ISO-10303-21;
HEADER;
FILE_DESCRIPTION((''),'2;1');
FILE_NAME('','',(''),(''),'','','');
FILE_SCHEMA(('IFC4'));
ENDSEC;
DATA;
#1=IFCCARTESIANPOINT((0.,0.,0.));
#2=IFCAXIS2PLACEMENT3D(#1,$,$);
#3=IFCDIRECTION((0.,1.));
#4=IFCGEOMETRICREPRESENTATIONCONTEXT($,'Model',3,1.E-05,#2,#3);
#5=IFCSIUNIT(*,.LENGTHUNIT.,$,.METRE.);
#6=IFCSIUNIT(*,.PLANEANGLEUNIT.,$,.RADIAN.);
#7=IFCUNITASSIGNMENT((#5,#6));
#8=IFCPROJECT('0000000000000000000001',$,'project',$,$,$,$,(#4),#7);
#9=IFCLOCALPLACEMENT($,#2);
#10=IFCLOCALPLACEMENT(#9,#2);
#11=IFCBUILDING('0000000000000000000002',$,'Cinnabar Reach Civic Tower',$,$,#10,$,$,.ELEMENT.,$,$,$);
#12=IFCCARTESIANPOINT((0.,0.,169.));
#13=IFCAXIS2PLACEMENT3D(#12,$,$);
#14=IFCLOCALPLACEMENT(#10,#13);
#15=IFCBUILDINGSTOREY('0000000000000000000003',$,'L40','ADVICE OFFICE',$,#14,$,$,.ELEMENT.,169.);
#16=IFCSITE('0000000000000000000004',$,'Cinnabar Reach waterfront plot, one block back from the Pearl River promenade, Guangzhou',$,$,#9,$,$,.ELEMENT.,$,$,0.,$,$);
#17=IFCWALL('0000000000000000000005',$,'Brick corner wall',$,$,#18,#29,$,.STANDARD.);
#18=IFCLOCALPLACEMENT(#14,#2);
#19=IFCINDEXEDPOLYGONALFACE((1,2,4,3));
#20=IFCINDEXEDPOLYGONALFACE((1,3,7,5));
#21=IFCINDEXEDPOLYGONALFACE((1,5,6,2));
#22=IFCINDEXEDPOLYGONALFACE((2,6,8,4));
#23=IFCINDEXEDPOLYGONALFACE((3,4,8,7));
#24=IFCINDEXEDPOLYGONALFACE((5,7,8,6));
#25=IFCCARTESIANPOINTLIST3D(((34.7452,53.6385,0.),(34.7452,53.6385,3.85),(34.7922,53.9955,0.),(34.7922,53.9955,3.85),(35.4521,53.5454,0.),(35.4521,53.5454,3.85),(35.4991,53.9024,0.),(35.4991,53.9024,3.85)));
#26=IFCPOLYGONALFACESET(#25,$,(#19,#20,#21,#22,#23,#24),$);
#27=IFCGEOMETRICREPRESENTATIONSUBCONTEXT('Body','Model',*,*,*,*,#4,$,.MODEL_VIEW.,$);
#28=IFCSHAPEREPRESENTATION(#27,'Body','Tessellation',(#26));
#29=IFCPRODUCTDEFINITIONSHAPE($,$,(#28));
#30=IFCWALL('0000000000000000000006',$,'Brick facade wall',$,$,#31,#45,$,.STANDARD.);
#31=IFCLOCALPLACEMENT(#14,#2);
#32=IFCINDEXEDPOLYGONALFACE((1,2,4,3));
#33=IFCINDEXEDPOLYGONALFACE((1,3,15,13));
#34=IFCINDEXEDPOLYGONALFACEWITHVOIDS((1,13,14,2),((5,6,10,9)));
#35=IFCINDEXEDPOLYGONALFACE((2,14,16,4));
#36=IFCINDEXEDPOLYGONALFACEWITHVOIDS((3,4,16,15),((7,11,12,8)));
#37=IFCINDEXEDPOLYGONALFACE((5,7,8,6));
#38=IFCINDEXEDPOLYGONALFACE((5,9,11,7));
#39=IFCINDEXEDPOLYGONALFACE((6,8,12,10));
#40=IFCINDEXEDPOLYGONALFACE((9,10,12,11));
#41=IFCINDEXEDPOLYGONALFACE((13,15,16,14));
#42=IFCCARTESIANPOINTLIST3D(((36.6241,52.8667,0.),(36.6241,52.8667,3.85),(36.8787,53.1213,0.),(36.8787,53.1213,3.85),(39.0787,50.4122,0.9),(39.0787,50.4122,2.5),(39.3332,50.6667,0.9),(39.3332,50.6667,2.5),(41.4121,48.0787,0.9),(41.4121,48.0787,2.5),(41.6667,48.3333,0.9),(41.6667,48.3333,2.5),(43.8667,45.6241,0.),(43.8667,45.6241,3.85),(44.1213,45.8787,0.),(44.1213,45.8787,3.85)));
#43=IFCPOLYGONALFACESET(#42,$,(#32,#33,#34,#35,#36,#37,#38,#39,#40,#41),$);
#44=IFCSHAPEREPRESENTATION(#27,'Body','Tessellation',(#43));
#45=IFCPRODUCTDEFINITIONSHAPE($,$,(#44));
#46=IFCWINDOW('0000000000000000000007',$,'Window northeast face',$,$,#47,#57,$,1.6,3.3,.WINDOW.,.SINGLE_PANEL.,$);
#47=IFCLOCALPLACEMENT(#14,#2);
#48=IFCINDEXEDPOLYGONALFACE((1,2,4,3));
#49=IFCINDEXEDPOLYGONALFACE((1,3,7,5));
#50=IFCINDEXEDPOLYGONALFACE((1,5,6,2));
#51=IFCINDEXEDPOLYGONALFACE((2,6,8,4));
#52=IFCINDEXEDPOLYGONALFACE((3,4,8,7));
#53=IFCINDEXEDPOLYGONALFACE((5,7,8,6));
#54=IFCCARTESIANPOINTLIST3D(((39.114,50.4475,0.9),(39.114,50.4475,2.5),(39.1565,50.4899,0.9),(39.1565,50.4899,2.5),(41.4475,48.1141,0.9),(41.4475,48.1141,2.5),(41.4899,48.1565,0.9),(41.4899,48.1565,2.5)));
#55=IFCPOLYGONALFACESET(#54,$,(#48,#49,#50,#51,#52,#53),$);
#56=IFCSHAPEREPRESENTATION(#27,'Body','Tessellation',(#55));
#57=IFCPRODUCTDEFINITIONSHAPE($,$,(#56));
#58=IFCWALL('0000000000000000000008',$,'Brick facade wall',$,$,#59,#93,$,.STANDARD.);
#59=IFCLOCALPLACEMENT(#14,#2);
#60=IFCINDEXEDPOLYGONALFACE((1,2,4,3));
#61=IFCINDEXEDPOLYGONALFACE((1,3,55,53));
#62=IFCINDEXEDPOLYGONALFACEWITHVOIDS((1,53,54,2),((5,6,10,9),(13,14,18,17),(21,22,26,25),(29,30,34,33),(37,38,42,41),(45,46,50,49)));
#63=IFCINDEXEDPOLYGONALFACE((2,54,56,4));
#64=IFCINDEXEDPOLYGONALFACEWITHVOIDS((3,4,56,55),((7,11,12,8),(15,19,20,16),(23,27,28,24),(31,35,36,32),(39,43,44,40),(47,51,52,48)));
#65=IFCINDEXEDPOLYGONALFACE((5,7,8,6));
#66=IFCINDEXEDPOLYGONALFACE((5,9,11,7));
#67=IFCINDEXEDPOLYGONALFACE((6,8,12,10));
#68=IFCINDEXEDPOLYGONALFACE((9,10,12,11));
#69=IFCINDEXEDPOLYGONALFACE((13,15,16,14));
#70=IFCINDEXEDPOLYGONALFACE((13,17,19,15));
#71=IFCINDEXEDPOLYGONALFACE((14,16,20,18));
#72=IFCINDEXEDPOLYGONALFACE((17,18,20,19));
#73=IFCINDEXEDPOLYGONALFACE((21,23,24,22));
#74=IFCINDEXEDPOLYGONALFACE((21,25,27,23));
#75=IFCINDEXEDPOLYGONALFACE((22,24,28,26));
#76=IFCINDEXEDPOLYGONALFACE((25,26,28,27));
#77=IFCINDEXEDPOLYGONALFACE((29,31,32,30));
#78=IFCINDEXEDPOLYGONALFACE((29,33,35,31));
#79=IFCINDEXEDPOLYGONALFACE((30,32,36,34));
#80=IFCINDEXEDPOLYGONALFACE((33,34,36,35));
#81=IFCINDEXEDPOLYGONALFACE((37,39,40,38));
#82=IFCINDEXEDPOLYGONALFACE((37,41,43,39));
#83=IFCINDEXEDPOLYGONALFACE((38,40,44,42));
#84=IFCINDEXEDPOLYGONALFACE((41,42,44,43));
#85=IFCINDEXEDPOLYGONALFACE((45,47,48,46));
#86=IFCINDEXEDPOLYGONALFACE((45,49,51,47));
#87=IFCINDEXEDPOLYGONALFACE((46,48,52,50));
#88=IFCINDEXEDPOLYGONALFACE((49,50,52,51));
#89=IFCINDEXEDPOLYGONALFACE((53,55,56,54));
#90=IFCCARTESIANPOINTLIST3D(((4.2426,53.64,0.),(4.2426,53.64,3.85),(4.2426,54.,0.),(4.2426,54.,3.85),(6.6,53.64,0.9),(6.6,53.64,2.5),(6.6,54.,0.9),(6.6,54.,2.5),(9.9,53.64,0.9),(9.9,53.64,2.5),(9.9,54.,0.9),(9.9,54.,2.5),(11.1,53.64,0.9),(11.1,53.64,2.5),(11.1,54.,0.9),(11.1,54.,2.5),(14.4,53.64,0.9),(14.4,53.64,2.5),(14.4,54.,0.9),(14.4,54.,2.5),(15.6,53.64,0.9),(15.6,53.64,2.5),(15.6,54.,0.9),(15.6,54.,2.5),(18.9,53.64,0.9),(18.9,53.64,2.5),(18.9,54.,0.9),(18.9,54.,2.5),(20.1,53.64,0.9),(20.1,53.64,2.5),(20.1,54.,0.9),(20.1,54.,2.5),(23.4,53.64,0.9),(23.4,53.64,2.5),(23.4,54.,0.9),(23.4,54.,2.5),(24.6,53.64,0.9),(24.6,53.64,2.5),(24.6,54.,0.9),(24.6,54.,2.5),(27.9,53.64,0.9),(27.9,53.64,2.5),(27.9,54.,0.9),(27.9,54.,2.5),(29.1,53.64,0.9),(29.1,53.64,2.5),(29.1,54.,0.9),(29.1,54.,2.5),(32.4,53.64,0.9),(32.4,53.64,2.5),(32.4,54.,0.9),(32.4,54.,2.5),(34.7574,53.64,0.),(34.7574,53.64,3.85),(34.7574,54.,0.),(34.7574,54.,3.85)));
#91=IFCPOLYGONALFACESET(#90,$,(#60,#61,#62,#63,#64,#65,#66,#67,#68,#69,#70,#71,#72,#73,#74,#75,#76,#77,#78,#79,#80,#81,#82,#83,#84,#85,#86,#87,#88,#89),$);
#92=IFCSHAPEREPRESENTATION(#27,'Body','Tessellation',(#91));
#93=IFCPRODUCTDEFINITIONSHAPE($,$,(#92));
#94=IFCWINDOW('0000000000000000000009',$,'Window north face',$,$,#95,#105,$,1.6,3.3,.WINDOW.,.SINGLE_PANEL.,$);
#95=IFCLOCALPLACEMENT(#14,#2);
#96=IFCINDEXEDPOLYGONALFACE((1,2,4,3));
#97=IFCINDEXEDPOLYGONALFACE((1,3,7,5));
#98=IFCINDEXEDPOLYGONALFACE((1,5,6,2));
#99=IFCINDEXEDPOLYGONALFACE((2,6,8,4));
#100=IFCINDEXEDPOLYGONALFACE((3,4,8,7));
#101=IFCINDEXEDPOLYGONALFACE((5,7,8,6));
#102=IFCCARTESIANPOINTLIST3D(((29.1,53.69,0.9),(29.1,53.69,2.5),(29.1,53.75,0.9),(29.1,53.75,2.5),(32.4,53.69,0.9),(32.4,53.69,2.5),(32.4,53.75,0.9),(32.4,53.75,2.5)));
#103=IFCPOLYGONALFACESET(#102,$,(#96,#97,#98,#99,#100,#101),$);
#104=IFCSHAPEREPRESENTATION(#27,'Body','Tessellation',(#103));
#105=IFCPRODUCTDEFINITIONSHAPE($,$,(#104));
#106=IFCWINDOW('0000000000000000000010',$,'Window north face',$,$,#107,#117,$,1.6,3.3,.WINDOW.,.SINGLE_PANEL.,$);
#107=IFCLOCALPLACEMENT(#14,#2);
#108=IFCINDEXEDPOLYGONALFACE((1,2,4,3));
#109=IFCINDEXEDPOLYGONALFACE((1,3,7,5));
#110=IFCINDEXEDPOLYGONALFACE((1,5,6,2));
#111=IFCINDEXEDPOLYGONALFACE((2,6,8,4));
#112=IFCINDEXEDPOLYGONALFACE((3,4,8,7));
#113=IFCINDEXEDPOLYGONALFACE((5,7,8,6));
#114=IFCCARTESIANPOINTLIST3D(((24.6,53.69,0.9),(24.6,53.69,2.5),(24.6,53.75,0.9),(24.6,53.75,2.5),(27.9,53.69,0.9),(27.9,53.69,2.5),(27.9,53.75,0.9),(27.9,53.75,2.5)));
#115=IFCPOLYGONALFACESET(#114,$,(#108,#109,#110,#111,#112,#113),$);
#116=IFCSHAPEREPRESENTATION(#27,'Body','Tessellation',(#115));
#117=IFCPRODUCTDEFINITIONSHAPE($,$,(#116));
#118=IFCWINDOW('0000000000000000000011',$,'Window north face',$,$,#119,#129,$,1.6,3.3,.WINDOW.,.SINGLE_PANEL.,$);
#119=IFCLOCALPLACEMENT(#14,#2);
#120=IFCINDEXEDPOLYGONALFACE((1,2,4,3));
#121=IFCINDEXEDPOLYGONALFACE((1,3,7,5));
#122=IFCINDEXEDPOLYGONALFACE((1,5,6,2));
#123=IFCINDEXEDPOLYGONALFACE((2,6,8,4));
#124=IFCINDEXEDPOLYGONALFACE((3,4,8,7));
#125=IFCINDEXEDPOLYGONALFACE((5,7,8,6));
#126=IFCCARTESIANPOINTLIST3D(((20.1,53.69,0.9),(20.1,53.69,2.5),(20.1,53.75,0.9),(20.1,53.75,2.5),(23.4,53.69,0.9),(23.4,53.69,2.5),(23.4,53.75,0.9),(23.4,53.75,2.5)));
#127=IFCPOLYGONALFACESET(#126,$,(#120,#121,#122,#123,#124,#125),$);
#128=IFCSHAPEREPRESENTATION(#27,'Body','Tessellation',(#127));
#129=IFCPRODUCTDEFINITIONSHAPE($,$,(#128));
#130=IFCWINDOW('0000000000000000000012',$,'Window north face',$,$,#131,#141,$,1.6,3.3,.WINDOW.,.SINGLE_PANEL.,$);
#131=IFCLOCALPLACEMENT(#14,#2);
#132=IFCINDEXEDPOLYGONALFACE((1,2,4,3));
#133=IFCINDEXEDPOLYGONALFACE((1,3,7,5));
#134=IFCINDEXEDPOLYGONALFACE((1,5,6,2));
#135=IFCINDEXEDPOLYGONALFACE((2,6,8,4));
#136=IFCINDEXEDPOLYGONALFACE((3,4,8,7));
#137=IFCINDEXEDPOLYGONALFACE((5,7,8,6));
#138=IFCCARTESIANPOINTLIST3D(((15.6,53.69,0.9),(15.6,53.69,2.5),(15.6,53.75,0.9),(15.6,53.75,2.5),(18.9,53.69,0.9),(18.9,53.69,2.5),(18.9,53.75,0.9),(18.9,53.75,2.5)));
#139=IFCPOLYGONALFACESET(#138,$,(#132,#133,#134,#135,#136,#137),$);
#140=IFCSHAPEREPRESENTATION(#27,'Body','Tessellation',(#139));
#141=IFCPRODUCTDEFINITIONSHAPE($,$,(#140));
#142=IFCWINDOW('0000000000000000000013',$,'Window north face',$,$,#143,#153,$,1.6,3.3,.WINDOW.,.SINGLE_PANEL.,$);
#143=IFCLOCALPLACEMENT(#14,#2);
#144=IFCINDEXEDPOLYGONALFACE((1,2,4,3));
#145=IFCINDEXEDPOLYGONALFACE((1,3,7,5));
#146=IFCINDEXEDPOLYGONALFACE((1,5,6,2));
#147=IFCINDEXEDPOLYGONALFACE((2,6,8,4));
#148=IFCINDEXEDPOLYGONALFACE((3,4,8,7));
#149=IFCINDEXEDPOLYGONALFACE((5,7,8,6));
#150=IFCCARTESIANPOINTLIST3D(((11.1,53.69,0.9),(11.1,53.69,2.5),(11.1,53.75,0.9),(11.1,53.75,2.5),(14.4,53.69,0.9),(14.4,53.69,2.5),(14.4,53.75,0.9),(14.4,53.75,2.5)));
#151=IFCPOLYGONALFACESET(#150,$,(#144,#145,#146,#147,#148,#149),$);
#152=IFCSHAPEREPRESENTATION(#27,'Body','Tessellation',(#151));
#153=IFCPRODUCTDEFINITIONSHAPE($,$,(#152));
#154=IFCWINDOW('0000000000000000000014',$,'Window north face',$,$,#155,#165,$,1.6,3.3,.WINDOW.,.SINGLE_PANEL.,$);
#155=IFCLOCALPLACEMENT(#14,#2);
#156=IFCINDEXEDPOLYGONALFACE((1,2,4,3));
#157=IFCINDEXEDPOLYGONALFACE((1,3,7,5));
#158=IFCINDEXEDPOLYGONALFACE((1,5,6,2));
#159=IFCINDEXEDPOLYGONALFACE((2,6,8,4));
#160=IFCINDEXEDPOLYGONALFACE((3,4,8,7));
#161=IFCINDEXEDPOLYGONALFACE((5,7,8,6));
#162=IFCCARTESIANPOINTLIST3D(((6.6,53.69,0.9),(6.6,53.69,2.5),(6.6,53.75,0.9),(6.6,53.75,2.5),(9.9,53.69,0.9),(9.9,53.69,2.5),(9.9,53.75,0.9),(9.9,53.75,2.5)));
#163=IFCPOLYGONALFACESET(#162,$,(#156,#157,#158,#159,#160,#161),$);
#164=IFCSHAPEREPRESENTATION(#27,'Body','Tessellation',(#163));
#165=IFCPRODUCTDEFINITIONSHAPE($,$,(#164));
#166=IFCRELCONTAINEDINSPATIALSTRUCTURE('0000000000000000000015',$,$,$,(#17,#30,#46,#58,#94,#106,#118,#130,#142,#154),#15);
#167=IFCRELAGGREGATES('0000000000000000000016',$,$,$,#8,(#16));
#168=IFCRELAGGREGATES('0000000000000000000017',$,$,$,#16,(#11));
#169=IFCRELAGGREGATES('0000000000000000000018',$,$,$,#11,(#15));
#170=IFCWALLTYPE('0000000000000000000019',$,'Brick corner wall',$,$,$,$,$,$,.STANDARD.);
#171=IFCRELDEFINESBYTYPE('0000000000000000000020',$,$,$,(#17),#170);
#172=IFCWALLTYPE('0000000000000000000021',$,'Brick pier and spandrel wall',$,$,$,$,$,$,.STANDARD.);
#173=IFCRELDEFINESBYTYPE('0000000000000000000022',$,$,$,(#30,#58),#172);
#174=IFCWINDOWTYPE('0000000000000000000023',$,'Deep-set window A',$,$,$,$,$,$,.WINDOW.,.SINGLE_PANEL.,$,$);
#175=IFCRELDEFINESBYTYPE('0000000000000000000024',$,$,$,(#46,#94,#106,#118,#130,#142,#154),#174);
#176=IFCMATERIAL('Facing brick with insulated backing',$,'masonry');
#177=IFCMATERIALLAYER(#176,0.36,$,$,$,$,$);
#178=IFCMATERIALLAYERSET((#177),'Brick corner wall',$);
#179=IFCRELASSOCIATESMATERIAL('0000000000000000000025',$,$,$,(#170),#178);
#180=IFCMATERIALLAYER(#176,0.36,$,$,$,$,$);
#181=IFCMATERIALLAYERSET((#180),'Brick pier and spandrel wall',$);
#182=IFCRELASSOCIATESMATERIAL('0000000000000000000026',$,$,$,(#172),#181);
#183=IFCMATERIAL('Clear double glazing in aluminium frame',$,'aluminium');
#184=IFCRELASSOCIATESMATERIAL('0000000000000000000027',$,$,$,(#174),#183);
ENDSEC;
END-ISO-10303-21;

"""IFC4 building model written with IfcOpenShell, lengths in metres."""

from ifc_helpers import new_model, si_unit, direction, frame, frame_2d, origin, place, context, subcontext, project, spatial, rectangle, extrude, material, layer, layer_set, type_object, element, fill, save


model = new_model("IFC4")

# Units and contexts
model_context = context("Model", 3, precision=1e-05, world=origin(), true_north=direction((0.0, 1.0)))
body_context = subcontext(model_context, "Body", "Model", "MODEL_VIEW")
ifc_project = project(units=[si_unit("LENGTHUNIT", "METRE"), si_unit("PLANEANGLEUNIT", "RADIAN")], contexts=[model_context])

# Site, building, storey
site_placement = place(None, origin())
site = spatial("IfcSite", under=ifc_project, at=site_placement, Name="Cinnabar Reach waterfront plot, one block back from the Pearl River promenade, Guangzhou", CompositionType="ELEMENT", RefElevation=0.0)
building_placement = place(site_placement, origin())
building = spatial("IfcBuilding", under=site, at=building_placement, Name="Cinnabar Reach Civic Tower", CompositionType="ELEMENT")
storey_placement = place(building_placement, frame((0.0, 0.0, 169.0)))
storey = spatial("IfcBuildingStorey", under=building, at=storey_placement, Name="L40", Description="ADVICE OFFICE", CompositionType="ELEMENT", Elevation=169.0)

# Wall
ifc_material_1 = material(Name="Facing brick with insulated backing", Category="masonry")
ifc_layer_1 = layer(ifc_material_1, 0.36)
ifc_layer_set_1 = layer_set([ifc_layer_1], Name="Brick corner wall")
wall_type_1 = type_object("IfcWallType", Name="Brick corner wall", PredefinedType="STANDARD", material=ifc_layer_set_1)
for number, where, z_axis, x_axis, name in (
    (1, (35.4756, 53.7239, 0.0), (0.0, 0.0, 1.0), (-0.991441, 0.130556, 0.0), "Brick corner wall"),
):
    element("IfcWall", number, at=place(storey_placement, frame(where, z_axis=z_axis, x_axis=x_axis)), inside=storey, type_object=wall_type_1, Name=name, PredefinedType="STANDARD", context=body_context, shape_type="SweptSolid", body=[
        extrude(rectangle(XDim=0.7131, YDim=0.36, at=frame_2d((0.3565, 0.0))), origin(), (0.0, 0.0, 1.0), 3.85),
    ])

# Wall, opening, window
ifc_layer_2 = layer(ifc_material_1, 0.36)
ifc_layer_set_2 = layer_set([ifc_layer_2], Name="Brick pier and spandrel wall")
wall_type_2 = type_object("IfcWallType", Name="Brick pier and spandrel wall", PredefinedType="STANDARD", material=ifc_layer_set_2)
wall_1_placement = place(storey_placement, frame((43.994, 45.7514, 0.0), z_axis=(0.0, 0.0, 1.0), x_axis=(-0.707107, 0.707107, 0.0)))
wall_1 = element("IfcWall", 2, at=wall_1_placement, inside=storey, type_object=wall_type_2, Name="Brick facade wall", PredefinedType="STANDARD", context=body_context, shape_type="SweptSolid", body=[
    extrude(rectangle(XDim=10.2426, YDim=0.36, at=frame_2d((5.1213, 0.0))), origin(), (0.0, 0.0, 1.0), 3.85),
])
opening_1_placement = place(wall_1_placement, frame((3.4713, 0.0, 0.9)))
opening_1 = element("IfcOpeningElement", 3, at=opening_1_placement, cuts=wall_1, PredefinedType="OPENING", context=body_context, shape_type="SweptSolid", body=[
    extrude(rectangle(XDim=3.3, YDim=1.6, at=frame_2d((1.65, 0.8))), frame((0.0, 0.19, 0.0), z_axis=(0.0, -1.0, 0.0), x_axis=(1.0, 0.0, 0.0)), (0.0, 0.0, 1.0), 0.38),
])
ifc_material_2 = material(Name="Clear double glazing in aluminium frame", Category="aluminium")
window_type = type_object("IfcWindowType", Name="Deep-set window A", PartitioningType="SINGLE_PANEL", PredefinedType="WINDOW", material=ifc_material_2)
window_1_placement = place(opening_1_placement, origin())
window_1 = element("IfcWindow", 4, at=window_1_placement, inside=storey, type_object=window_type, Name="Window northeast face", OverallHeight=1.6, OverallWidth=3.3, PartitioningType="SINGLE_PANEL", PredefinedType="WINDOW", context=body_context, shape_type="SweptSolid", body=[
    extrude(rectangle(XDim=3.3, YDim=1.6, at=frame_2d((1.65, 0.8))), frame((0.0, 0.13, 0.0), z_axis=(0.0, -1.0, 0.0), x_axis=(1.0, 0.0, 0.0)), (0.0, 0.0, 1.0), 0.06),
])
fill(opening_1, window_1)

# Wall, openings, windows
wall_2_placement = place(storey_placement, frame((34.7574, 53.82, 0.0), z_axis=(0.0, 0.0, 1.0), x_axis=(-1.0, 0.0, 0.0)))
wall_2 = element("IfcWall", 5, at=wall_2_placement, inside=storey, type_object=wall_type_2, Name="Brick facade wall", PredefinedType="STANDARD", context=body_context, shape_type="SweptSolid", body=[
    extrude(rectangle(XDim=30.5148, YDim=0.36, at=frame_2d((15.2574, 0.0))), origin(), (0.0, 0.0, 1.0), 3.85),
])
opening_2_placement = place(wall_2_placement, frame((2.3574, 0.0, 0.9)))
opening_2 = element("IfcOpeningElement", 6, at=opening_2_placement, cuts=wall_2, PredefinedType="OPENING", context=body_context, shape_type="SweptSolid", body=[
    extrude(rectangle(XDim=3.3, YDim=1.6, at=frame_2d((1.65, 0.8))), frame((0.0, 0.19, 0.0), z_axis=(0.0, -1.0, 0.0), x_axis=(1.0, 0.0, 0.0)), (0.0, 0.0, 1.0), 0.38),
])
opening_3_placement = place(wall_2_placement, frame((6.8574, 0.0, 0.9)))
opening_3 = element("IfcOpeningElement", 7, at=opening_3_placement, cuts=wall_2, PredefinedType="OPENING", context=body_context, shape_type="SweptSolid", body=[
    extrude(rectangle(XDim=3.3, YDim=1.6, at=frame_2d((1.65, 0.8))), frame((0.0, 0.19, 0.0), z_axis=(0.0, -1.0, 0.0), x_axis=(1.0, 0.0, 0.0)), (0.0, 0.0, 1.0), 0.38),
])
opening_4_placement = place(wall_2_placement, frame((11.3574, 0.0, 0.9)))
opening_4 = element("IfcOpeningElement", 8, at=opening_4_placement, cuts=wall_2, PredefinedType="OPENING", context=body_context, shape_type="SweptSolid", body=[
    extrude(rectangle(XDim=3.3, YDim=1.6, at=frame_2d((1.65, 0.8))), frame((0.0, 0.19, 0.0), z_axis=(0.0, -1.0, 0.0), x_axis=(1.0, 0.0, 0.0)), (0.0, 0.0, 1.0), 0.38),
])
opening_5_placement = place(wall_2_placement, frame((15.8574, 0.0, 0.9)))
opening_5 = element("IfcOpeningElement", 9, at=opening_5_placement, cuts=wall_2, PredefinedType="OPENING", context=body_context, shape_type="SweptSolid", body=[
    extrude(rectangle(XDim=3.3, YDim=1.6, at=frame_2d((1.65, 0.8))), frame((0.0, 0.19, 0.0), z_axis=(0.0, -1.0, 0.0), x_axis=(1.0, 0.0, 0.0)), (0.0, 0.0, 1.0), 0.38),
])
opening_6_placement = place(wall_2_placement, frame((20.3574, 0.0, 0.9)))
opening_6 = element("IfcOpeningElement", 10, at=opening_6_placement, cuts=wall_2, PredefinedType="OPENING", context=body_context, shape_type="SweptSolid", body=[
    extrude(rectangle(XDim=3.3, YDim=1.6, at=frame_2d((1.65, 0.8))), frame((0.0, 0.19, 0.0), z_axis=(0.0, -1.0, 0.0), x_axis=(1.0, 0.0, 0.0)), (0.0, 0.0, 1.0), 0.38),
])
opening_7_placement = place(wall_2_placement, frame((24.8574, 0.0, 0.9)))
opening_7 = element("IfcOpeningElement", 11, at=opening_7_placement, cuts=wall_2, PredefinedType="OPENING", context=body_context, shape_type="SweptSolid", body=[
    extrude(rectangle(XDim=3.3, YDim=1.6, at=frame_2d((1.65, 0.8))), frame((0.0, 0.19, 0.0), z_axis=(0.0, -1.0, 0.0), x_axis=(1.0, 0.0, 0.0)), (0.0, 0.0, 1.0), 0.38),
])
window_2_placement = place(opening_2_placement, origin())
window_2 = element("IfcWindow", 12, at=window_2_placement, inside=storey, type_object=window_type, Name="Window north face", OverallHeight=1.6, OverallWidth=3.3, PartitioningType="SINGLE_PANEL", PredefinedType="WINDOW", context=body_context, shape_type="SweptSolid", body=[
    extrude(rectangle(XDim=3.3, YDim=1.6, at=frame_2d((1.65, 0.8))), frame((0.0, 0.13, 0.0), z_axis=(0.0, -1.0, 0.0), x_axis=(1.0, 0.0, 0.0)), (0.0, 0.0, 1.0), 0.06),
])
fill(opening_2, window_2)
window_3_placement = place(opening_3_placement, origin())
window_3 = element("IfcWindow", 13, at=window_3_placement, inside=storey, type_object=window_type, Name="Window north face", OverallHeight=1.6, OverallWidth=3.3, PartitioningType="SINGLE_PANEL", PredefinedType="WINDOW", context=body_context, shape_type="SweptSolid", body=[
    extrude(rectangle(XDim=3.3, YDim=1.6, at=frame_2d((1.65, 0.8))), frame((0.0, 0.13, 0.0), z_axis=(0.0, -1.0, 0.0), x_axis=(1.0, 0.0, 0.0)), (0.0, 0.0, 1.0), 0.06),
])
fill(opening_3, window_3)
window_4_placement = place(opening_4_placement, origin())
window_4 = element("IfcWindow", 14, at=window_4_placement, inside=storey, type_object=window_type, Name="Window north face", OverallHeight=1.6, OverallWidth=3.3, PartitioningType="SINGLE_PANEL", PredefinedType="WINDOW", context=body_context, shape_type="SweptSolid", body=[
    extrude(rectangle(XDim=3.3, YDim=1.6, at=frame_2d((1.65, 0.8))), frame((0.0, 0.13, 0.0), z_axis=(0.0, -1.0, 0.0), x_axis=(1.0, 0.0, 0.0)), (0.0, 0.0, 1.0), 0.06),
])
fill(opening_4, window_4)
window_5_placement = place(opening_5_placement, origin())
window_5 = element("IfcWindow", 15, at=window_5_placement, inside=storey, type_object=window_type, Name="Window north face", OverallHeight=1.6, OverallWidth=3.3, PartitioningType="SINGLE_PANEL", PredefinedType="WINDOW", context=body_context, shape_type="SweptSolid", body=[
    extrude(rectangle(XDim=3.3, YDim=1.6, at=frame_2d((1.65, 0.8))), frame((0.0, 0.13, 0.0), z_axis=(0.0, -1.0, 0.0), x_axis=(1.0, 0.0, 0.0)), (0.0, 0.0, 1.0), 0.06),
])
fill(opening_5, window_5)
window_6_placement = place(opening_6_placement, origin())
window_6 = element("IfcWindow", 16, at=window_6_placement, inside=storey, type_object=window_type, Name="Window north face", OverallHeight=1.6, OverallWidth=3.3, PartitioningType="SINGLE_PANEL", PredefinedType="WINDOW", context=body_context, shape_type="SweptSolid", body=[
    extrude(rectangle(XDim=3.3, YDim=1.6, at=frame_2d((1.65, 0.8))), frame((0.0, 0.13, 0.0), z_axis=(0.0, -1.0, 0.0), x_axis=(1.0, 0.0, 0.0)), (0.0, 0.0, 1.0), 0.06),
])
fill(opening_6, window_6)
window_7_placement = place(opening_7_placement, origin())
window_7 = element("IfcWindow", 17, at=window_7_placement, inside=storey, type_object=window_type, Name="Window north face", OverallHeight=1.6, OverallWidth=3.3, PartitioningType="SINGLE_PANEL", PredefinedType="WINDOW", context=body_context, shape_type="SweptSolid", body=[
    extrude(rectangle(XDim=3.3, YDim=1.6, at=frame_2d((1.65, 0.8))), frame((0.0, 0.13, 0.0), z_axis=(0.0, -1.0, 0.0), x_axis=(1.0, 0.0, 0.0)), (0.0, 0.0, 1.0), 0.06),
])
fill(opening_7, window_7)

save(model, "model.ifc")
